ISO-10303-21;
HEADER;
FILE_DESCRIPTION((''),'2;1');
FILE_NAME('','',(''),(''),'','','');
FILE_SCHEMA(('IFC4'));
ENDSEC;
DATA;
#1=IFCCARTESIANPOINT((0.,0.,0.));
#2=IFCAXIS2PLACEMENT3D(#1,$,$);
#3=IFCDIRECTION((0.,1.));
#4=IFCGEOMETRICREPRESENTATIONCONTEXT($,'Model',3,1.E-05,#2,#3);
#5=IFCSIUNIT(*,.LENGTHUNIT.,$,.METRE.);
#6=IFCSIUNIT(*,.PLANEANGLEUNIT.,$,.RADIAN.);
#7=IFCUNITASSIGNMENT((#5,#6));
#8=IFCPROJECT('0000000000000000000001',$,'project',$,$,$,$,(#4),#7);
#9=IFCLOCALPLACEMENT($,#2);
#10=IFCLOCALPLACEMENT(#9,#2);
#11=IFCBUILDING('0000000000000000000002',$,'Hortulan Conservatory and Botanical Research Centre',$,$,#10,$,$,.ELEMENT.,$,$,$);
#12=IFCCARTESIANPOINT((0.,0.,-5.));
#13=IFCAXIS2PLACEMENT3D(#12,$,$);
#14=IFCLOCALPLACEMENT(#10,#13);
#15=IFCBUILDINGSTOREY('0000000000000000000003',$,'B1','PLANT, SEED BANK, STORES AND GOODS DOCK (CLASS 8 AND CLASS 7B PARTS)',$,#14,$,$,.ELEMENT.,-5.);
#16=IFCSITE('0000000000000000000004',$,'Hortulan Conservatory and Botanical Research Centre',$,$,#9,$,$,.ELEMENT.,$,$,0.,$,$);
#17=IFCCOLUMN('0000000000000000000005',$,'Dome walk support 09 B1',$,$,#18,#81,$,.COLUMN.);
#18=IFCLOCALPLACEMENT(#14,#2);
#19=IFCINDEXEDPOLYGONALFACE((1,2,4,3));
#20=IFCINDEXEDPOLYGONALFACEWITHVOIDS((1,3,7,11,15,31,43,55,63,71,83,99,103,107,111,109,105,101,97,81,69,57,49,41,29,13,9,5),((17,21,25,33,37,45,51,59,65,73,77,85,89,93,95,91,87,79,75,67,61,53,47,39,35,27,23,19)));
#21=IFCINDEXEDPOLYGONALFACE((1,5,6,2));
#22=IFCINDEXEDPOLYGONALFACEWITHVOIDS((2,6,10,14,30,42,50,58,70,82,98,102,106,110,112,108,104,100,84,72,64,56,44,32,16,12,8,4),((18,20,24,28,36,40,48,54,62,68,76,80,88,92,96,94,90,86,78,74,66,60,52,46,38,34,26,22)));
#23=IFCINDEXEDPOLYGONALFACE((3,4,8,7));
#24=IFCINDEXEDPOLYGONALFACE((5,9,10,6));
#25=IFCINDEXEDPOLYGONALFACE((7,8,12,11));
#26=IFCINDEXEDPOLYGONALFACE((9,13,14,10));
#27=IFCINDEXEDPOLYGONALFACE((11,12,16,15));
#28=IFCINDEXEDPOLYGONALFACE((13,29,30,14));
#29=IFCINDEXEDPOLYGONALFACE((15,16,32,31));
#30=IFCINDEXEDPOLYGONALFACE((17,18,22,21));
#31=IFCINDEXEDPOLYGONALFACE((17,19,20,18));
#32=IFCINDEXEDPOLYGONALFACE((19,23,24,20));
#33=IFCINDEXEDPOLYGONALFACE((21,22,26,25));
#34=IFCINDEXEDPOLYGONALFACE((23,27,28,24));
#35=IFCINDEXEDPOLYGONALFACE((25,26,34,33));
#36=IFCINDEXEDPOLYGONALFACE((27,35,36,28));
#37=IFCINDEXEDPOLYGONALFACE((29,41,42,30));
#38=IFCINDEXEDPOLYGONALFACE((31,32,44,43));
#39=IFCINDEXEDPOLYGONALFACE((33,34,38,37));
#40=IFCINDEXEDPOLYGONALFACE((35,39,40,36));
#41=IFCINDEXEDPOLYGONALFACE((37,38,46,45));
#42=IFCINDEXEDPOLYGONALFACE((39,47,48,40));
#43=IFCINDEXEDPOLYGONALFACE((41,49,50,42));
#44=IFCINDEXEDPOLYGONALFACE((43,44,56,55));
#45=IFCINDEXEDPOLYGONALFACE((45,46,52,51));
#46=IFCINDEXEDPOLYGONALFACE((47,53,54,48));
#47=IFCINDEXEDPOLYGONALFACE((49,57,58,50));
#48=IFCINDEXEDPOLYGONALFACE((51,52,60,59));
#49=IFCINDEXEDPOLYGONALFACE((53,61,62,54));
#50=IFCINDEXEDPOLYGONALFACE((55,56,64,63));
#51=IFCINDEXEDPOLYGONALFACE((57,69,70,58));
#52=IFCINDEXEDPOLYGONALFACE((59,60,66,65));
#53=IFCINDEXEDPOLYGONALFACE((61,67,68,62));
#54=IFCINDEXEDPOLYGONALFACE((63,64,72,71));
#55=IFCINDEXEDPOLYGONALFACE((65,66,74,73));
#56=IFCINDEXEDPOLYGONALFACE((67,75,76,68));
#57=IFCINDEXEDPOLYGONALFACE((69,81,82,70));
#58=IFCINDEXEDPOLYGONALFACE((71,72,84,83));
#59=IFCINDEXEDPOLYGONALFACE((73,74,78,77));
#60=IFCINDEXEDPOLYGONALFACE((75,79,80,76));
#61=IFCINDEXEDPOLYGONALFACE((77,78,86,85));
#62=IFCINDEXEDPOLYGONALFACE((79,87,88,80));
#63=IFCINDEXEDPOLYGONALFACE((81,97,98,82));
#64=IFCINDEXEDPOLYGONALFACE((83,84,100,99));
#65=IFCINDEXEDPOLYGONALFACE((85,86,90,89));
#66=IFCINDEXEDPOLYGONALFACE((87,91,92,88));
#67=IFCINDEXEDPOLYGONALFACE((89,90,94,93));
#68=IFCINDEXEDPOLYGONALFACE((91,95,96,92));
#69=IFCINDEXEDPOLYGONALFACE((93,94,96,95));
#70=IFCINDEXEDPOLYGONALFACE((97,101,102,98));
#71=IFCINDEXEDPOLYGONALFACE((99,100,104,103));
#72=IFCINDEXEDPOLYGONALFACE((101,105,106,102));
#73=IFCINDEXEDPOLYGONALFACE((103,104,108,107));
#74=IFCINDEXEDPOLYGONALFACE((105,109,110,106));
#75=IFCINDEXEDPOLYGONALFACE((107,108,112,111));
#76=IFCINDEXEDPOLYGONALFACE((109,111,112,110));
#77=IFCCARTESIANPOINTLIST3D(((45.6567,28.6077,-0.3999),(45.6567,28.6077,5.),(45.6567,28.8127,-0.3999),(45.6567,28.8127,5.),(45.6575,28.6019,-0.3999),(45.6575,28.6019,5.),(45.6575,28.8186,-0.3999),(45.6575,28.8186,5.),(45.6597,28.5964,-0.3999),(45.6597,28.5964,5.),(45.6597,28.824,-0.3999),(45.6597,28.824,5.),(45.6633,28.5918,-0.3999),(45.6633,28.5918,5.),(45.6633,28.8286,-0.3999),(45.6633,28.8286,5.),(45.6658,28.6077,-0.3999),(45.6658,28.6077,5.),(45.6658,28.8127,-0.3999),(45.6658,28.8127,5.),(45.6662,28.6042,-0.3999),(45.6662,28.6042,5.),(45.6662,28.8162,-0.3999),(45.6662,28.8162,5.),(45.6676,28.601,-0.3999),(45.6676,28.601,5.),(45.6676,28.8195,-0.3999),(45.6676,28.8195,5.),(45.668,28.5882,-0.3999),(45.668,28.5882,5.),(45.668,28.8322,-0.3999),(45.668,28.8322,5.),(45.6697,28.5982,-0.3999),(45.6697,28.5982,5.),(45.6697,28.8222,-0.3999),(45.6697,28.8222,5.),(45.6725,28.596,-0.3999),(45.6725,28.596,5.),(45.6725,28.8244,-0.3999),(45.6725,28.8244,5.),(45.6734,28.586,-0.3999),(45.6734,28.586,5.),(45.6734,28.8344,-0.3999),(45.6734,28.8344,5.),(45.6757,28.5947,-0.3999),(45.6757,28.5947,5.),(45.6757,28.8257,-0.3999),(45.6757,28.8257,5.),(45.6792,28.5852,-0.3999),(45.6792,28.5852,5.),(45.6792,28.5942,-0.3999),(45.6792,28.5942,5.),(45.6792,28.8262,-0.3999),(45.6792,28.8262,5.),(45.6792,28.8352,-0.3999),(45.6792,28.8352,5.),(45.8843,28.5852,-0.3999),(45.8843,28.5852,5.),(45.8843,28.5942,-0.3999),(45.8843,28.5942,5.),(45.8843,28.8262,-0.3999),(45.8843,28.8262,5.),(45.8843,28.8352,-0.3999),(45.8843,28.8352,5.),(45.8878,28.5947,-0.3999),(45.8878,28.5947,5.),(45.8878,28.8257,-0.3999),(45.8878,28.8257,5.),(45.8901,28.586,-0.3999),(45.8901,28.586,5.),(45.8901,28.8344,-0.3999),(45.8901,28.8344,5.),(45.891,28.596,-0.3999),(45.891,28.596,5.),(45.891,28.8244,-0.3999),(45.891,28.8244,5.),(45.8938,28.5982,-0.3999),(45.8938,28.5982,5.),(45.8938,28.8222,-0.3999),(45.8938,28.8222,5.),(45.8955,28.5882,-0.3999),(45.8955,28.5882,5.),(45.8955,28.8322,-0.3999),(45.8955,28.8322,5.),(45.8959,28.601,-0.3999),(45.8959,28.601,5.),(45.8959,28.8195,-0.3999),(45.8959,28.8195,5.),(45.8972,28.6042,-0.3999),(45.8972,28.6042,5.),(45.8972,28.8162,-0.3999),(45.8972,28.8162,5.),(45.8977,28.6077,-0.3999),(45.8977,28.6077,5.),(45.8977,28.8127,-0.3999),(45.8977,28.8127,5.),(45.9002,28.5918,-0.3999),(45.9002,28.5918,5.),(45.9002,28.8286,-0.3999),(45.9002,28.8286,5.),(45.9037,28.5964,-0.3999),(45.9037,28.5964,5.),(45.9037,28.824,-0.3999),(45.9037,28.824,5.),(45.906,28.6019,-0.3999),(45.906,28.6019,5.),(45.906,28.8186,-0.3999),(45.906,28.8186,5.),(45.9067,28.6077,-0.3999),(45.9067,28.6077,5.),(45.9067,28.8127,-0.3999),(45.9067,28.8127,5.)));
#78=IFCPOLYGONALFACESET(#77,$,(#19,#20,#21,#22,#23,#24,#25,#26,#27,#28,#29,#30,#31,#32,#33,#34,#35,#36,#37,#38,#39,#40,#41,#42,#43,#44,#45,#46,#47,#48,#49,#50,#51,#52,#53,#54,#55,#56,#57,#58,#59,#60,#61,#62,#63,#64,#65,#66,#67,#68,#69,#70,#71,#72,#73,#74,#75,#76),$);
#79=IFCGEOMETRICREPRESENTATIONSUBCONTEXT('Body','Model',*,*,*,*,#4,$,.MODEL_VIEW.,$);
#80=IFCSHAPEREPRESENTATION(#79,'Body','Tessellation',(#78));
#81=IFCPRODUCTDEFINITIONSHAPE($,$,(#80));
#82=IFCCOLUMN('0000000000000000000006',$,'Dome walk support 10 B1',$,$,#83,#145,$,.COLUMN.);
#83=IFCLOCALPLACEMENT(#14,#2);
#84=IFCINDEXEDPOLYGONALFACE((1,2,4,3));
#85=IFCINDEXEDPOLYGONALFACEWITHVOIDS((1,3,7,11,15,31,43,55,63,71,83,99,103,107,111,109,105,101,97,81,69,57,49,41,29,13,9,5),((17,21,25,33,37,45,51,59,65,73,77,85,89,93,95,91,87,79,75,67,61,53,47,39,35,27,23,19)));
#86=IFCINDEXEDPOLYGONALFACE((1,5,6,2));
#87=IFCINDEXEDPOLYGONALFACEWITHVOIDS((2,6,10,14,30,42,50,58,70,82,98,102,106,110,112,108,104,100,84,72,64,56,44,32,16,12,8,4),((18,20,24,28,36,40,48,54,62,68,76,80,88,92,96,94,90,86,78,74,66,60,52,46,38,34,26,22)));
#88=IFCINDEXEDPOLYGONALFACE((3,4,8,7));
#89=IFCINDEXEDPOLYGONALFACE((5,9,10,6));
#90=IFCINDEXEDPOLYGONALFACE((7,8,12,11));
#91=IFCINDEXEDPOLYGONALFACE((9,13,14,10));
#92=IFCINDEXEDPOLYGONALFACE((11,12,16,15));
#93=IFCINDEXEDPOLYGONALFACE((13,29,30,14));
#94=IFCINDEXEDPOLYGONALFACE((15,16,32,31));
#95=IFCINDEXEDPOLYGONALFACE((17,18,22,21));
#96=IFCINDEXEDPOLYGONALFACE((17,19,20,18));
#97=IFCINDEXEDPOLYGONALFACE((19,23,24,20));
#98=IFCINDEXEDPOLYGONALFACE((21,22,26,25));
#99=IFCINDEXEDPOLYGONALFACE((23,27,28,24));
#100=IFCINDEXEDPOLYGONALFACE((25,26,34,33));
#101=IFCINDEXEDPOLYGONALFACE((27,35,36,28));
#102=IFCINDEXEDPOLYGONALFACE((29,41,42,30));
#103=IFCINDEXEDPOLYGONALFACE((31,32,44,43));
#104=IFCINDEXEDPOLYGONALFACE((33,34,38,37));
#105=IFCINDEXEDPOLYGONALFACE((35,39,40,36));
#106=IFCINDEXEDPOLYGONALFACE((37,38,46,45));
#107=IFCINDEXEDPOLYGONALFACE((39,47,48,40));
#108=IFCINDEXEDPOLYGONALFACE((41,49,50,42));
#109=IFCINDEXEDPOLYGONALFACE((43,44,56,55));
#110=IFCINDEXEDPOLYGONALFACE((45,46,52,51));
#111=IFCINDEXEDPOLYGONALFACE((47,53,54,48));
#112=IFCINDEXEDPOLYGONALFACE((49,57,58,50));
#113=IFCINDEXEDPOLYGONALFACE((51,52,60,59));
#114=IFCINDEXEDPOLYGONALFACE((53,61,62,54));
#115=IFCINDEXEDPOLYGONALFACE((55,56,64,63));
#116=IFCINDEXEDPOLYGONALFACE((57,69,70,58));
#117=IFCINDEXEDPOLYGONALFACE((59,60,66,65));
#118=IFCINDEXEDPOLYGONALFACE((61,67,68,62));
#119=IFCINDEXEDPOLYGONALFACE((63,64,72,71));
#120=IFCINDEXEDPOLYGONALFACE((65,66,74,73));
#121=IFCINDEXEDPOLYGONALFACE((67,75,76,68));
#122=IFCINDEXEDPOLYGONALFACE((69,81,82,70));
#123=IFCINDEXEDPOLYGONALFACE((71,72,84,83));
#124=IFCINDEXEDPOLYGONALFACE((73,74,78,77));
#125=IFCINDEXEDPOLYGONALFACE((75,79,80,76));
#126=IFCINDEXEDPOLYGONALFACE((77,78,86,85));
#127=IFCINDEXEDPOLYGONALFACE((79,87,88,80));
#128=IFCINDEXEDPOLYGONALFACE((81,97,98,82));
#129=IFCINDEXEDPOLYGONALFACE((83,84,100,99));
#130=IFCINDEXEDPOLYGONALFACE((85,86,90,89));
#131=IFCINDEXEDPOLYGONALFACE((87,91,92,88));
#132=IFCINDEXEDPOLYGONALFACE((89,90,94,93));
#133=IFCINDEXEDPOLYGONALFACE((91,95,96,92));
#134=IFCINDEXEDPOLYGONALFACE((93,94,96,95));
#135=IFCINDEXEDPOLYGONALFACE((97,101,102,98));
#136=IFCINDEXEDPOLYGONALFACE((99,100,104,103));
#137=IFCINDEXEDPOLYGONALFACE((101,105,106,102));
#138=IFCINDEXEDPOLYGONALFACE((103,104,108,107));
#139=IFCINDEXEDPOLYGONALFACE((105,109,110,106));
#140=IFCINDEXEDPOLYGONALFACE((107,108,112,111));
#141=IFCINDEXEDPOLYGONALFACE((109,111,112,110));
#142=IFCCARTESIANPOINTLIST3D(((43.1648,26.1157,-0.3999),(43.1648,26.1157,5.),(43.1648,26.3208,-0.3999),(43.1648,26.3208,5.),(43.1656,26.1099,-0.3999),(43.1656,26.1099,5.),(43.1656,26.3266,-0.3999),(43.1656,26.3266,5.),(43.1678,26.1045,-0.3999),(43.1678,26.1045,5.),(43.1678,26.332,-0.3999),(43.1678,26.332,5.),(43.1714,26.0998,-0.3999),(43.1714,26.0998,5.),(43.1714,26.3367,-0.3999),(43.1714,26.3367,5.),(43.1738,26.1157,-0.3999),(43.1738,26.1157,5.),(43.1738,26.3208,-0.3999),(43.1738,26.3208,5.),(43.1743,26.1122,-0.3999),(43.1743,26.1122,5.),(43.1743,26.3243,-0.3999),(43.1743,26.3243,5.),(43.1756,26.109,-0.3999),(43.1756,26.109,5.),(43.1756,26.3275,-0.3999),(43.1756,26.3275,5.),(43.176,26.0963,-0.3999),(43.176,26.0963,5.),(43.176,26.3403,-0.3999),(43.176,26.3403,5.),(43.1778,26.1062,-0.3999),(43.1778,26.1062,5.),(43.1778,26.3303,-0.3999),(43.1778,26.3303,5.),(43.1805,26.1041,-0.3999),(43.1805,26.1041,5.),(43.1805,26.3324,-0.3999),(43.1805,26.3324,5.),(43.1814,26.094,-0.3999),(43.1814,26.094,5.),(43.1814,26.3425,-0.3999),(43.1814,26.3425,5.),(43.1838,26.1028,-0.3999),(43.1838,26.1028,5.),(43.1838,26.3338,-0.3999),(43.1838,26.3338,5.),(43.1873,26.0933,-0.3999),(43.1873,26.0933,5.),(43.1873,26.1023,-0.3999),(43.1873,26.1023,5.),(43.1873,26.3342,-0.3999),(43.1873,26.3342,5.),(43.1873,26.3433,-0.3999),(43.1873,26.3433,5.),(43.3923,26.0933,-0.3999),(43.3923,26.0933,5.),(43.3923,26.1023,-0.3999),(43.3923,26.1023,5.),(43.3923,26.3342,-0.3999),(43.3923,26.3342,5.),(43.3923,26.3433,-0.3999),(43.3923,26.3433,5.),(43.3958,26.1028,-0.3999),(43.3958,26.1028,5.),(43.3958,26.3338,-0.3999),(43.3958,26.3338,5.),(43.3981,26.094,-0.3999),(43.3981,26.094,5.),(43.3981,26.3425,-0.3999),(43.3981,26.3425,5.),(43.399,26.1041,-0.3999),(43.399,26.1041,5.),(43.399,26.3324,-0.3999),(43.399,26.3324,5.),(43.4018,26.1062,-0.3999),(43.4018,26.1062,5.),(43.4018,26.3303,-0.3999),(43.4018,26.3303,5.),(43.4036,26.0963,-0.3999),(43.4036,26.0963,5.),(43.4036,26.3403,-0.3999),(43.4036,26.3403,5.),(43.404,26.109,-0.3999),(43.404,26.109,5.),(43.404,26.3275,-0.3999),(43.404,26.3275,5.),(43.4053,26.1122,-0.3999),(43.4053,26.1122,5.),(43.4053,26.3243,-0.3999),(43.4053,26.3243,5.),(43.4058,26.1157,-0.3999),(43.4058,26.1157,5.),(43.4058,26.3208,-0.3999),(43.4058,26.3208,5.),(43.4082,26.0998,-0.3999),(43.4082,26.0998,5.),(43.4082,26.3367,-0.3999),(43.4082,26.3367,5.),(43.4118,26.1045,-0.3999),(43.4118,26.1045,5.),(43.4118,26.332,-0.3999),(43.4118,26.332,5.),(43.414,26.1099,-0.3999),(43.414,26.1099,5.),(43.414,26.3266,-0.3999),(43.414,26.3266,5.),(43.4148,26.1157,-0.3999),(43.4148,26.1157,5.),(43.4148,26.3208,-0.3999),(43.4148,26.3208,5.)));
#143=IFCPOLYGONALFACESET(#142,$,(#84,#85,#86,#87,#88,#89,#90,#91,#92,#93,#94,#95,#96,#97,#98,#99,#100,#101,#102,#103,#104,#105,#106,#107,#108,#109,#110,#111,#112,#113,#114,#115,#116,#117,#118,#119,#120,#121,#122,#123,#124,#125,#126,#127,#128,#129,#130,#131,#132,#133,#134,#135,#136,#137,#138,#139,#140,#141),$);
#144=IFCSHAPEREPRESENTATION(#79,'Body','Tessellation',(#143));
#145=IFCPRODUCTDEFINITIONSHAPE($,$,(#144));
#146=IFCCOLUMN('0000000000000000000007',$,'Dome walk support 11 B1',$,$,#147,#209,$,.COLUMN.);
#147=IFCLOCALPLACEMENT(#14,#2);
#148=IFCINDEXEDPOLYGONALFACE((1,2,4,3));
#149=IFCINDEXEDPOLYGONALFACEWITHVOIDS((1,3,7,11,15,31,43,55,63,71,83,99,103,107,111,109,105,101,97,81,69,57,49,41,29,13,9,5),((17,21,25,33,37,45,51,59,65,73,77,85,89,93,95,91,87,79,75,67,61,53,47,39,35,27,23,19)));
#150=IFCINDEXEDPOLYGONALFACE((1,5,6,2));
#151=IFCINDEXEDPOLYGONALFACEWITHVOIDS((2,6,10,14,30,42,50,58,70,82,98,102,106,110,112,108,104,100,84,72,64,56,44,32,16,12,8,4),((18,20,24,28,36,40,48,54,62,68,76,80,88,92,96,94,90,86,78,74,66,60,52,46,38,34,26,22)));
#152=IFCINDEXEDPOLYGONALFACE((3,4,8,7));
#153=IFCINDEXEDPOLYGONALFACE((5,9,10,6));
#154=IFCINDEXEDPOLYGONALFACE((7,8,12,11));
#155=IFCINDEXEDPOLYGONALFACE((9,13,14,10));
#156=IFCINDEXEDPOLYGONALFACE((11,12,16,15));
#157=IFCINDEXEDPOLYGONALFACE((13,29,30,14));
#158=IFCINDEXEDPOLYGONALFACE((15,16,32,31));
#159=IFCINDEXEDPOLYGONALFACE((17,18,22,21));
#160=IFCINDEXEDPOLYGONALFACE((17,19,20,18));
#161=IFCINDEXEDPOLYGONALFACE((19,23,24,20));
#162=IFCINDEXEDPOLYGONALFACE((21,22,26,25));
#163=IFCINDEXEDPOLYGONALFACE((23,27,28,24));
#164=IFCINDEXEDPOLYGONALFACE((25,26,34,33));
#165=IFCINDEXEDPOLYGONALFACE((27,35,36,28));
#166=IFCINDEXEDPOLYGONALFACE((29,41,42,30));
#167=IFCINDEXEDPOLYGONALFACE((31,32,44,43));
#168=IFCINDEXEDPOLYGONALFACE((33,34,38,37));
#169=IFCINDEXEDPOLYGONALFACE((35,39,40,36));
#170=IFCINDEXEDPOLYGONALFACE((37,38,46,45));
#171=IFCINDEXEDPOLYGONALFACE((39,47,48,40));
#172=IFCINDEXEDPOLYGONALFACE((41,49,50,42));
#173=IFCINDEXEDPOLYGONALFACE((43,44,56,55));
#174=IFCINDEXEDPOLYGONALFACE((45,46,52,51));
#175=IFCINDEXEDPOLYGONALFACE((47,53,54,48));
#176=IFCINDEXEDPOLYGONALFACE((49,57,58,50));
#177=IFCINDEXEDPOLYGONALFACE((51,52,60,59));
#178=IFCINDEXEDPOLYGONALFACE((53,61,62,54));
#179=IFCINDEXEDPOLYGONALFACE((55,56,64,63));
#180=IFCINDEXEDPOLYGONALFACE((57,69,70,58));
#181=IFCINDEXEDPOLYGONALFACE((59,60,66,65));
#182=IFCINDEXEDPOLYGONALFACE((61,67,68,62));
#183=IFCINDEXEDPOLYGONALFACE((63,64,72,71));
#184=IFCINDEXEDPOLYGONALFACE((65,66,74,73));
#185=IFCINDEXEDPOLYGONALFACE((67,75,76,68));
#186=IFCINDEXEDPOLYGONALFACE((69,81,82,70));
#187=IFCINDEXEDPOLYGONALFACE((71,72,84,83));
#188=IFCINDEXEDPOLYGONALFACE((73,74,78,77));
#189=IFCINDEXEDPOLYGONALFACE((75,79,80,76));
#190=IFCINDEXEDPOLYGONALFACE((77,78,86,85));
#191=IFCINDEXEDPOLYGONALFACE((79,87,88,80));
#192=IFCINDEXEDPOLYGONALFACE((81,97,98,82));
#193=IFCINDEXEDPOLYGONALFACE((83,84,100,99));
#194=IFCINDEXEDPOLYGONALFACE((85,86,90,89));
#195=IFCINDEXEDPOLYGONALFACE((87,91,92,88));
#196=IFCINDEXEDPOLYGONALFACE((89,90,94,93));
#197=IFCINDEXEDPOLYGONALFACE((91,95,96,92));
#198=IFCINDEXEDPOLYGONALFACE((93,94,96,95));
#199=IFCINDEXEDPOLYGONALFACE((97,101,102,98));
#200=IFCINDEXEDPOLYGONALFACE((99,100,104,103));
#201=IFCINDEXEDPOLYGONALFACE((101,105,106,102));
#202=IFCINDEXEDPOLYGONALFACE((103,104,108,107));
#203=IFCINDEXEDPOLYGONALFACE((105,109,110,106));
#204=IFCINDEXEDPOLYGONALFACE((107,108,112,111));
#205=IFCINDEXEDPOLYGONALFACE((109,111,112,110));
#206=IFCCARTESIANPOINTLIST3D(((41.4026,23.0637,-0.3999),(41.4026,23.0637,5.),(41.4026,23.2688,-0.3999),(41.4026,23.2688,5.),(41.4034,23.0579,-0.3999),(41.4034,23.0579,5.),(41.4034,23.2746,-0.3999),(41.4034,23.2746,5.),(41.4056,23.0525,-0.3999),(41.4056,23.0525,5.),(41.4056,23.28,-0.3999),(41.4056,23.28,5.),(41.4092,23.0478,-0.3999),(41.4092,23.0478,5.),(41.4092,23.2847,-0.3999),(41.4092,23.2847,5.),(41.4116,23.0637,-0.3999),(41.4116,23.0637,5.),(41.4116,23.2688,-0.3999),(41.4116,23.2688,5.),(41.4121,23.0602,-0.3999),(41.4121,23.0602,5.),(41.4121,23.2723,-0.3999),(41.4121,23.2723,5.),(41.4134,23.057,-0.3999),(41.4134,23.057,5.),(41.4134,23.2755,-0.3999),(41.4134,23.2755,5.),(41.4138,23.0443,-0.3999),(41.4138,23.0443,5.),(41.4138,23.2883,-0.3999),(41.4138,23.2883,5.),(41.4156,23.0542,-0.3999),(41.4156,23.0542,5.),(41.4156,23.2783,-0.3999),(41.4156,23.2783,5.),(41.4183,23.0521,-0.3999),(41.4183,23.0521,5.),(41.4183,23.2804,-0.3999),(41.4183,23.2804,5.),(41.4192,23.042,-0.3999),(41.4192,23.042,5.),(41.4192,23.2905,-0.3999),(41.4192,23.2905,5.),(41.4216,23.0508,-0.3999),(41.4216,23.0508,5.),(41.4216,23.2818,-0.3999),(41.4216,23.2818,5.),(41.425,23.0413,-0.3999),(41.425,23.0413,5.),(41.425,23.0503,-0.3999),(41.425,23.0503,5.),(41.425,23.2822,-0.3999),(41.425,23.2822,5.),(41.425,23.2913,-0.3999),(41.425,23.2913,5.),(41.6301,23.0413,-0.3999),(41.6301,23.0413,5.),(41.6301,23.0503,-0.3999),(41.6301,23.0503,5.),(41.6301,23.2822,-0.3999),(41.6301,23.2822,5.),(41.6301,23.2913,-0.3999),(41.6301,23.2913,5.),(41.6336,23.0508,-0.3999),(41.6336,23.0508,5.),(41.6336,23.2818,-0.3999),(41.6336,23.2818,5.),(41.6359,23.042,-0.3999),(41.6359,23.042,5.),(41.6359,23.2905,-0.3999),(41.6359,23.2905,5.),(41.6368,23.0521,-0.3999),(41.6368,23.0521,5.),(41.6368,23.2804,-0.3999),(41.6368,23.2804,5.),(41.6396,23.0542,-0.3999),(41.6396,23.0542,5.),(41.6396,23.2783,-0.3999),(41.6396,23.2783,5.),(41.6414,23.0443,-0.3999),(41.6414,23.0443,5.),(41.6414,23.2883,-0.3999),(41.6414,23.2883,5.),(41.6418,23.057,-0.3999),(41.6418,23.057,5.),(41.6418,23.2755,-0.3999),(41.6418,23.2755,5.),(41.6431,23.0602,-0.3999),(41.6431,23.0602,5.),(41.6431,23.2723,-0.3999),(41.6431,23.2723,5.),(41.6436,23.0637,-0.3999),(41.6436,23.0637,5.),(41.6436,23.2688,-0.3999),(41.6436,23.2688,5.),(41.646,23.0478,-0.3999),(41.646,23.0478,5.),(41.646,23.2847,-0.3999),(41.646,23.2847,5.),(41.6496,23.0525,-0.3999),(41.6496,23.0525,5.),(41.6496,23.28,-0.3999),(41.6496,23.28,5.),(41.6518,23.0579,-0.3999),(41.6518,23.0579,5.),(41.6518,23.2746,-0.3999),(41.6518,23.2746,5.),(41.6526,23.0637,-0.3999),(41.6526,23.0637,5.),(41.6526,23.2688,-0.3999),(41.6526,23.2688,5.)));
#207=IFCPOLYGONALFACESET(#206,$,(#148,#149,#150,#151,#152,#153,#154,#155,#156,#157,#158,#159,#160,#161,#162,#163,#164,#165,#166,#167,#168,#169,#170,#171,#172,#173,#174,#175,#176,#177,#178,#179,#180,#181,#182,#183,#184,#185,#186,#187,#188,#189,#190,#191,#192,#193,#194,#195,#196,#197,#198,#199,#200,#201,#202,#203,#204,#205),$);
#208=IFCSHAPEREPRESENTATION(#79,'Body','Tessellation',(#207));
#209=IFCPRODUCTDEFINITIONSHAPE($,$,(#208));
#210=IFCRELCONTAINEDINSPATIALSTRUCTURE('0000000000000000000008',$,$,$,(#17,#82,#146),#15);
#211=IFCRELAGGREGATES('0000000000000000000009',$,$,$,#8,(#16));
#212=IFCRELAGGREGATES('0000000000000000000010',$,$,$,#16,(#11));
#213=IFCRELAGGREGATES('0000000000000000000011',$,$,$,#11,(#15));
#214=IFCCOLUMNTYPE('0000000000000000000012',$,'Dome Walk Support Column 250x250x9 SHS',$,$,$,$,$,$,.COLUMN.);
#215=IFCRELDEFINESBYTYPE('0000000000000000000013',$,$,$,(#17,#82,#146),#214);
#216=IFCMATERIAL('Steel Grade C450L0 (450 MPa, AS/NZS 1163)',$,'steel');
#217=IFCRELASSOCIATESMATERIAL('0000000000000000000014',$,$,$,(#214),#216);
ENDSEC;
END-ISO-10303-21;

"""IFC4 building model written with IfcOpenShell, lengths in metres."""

from ifc_helpers import new_model, si_unit, direction, frame, origin, origin_2d, place, context, subcontext, project, spatial, hollow_rectangle, extrude, material, material_profile, profile_set, type_object, element, save


model = new_model("IFC4")

# Units and contexts
model_context = context("Model", 3, precision=1e-05, world=origin(), true_north=direction((0.0, 1.0)))
body_context = subcontext(model_context, "Body", "Model", "MODEL_VIEW")
ifc_project = project(units=[si_unit("LENGTHUNIT", "METRE"), si_unit("PLANEANGLEUNIT", "RADIAN")], contexts=[model_context])

# Site, building, storey
site_placement = place(None, origin())
site = spatial("IfcSite", under=ifc_project, at=site_placement, Name="Hortulan Conservatory and Botanical Research Centre", CompositionType="ELEMENT", RefElevation=0.0)
building_placement = place(site_placement, origin())
building = spatial("IfcBuilding", under=site, at=building_placement, Name="Hortulan Conservatory and Botanical Research Centre", CompositionType="ELEMENT")
storey_placement = place(building_placement, frame((0.0, 0.0, -5.0)))
storey = spatial("IfcBuildingStorey", under=building, at=storey_placement, Name="B1", Description="PLANT, SEED BANK, STORES AND GOODS DOCK (CLASS 8 AND CLASS 7B PARTS)", CompositionType="ELEMENT", Elevation=-5.0)

# Columns
ifc_material_1 = material(Name="Steel Grade C450L0 (450 MPa, AS/NZS 1163)", Category="steel")
ifc_material_profile_1 = material_profile(ifc_material_1, hollow_rectangle(XDim=0.25, YDim=0.25, WallThickness=0.009, InnerFilletRadius=0.0134, OuterFilletRadius=0.0225, at=origin_2d()), Name="250x250x9SHS")
ifc_profile_set_1 = profile_set([ifc_material_profile_1], Name="Steel Grade C450L0 (450 MPa, AS/NZS 1163)")
column_type_1 = type_object("IfcColumnType", Name="Dome Walk Support Column 250x250x9 SHS", PredefinedType="COLUMN", material=ifc_profile_set_1)
for number, where, z_axis, x_axis, name in (
    (1, (45.7817, 28.7102, -0.3999), (0.0, 0.0, 1.0), (1.0, 0.0, 0.0), "Dome walk support 09 B1"),
    (2, (43.2898, 26.2183, -0.3999), (0.0, 0.0, 1.0), (1.0, 0.0, 0.0), "Dome walk support 10 B1"),
    (3, (41.5276, 23.1663, -0.3999), (0.0, 0.0, 1.0), (1.0, 0.0, 0.0), "Dome walk support 11 B1"),
):
    element("IfcColumn", number, at=place(storey_placement, frame(where, z_axis=z_axis, x_axis=x_axis)), inside=storey, type_object=column_type_1, Name=name, PredefinedType="COLUMN", context=body_context, shape_type="SweptSolid", body=[
        extrude(hollow_rectangle(XDim=0.25, YDim=0.25, WallThickness=0.009, InnerFilletRadius=0.0134, OuterFilletRadius=0.0225, at=origin_2d()), origin(), (0.0, 0.0, 1.0), 5.3999),
    ])

save(model, "model.ifc")
